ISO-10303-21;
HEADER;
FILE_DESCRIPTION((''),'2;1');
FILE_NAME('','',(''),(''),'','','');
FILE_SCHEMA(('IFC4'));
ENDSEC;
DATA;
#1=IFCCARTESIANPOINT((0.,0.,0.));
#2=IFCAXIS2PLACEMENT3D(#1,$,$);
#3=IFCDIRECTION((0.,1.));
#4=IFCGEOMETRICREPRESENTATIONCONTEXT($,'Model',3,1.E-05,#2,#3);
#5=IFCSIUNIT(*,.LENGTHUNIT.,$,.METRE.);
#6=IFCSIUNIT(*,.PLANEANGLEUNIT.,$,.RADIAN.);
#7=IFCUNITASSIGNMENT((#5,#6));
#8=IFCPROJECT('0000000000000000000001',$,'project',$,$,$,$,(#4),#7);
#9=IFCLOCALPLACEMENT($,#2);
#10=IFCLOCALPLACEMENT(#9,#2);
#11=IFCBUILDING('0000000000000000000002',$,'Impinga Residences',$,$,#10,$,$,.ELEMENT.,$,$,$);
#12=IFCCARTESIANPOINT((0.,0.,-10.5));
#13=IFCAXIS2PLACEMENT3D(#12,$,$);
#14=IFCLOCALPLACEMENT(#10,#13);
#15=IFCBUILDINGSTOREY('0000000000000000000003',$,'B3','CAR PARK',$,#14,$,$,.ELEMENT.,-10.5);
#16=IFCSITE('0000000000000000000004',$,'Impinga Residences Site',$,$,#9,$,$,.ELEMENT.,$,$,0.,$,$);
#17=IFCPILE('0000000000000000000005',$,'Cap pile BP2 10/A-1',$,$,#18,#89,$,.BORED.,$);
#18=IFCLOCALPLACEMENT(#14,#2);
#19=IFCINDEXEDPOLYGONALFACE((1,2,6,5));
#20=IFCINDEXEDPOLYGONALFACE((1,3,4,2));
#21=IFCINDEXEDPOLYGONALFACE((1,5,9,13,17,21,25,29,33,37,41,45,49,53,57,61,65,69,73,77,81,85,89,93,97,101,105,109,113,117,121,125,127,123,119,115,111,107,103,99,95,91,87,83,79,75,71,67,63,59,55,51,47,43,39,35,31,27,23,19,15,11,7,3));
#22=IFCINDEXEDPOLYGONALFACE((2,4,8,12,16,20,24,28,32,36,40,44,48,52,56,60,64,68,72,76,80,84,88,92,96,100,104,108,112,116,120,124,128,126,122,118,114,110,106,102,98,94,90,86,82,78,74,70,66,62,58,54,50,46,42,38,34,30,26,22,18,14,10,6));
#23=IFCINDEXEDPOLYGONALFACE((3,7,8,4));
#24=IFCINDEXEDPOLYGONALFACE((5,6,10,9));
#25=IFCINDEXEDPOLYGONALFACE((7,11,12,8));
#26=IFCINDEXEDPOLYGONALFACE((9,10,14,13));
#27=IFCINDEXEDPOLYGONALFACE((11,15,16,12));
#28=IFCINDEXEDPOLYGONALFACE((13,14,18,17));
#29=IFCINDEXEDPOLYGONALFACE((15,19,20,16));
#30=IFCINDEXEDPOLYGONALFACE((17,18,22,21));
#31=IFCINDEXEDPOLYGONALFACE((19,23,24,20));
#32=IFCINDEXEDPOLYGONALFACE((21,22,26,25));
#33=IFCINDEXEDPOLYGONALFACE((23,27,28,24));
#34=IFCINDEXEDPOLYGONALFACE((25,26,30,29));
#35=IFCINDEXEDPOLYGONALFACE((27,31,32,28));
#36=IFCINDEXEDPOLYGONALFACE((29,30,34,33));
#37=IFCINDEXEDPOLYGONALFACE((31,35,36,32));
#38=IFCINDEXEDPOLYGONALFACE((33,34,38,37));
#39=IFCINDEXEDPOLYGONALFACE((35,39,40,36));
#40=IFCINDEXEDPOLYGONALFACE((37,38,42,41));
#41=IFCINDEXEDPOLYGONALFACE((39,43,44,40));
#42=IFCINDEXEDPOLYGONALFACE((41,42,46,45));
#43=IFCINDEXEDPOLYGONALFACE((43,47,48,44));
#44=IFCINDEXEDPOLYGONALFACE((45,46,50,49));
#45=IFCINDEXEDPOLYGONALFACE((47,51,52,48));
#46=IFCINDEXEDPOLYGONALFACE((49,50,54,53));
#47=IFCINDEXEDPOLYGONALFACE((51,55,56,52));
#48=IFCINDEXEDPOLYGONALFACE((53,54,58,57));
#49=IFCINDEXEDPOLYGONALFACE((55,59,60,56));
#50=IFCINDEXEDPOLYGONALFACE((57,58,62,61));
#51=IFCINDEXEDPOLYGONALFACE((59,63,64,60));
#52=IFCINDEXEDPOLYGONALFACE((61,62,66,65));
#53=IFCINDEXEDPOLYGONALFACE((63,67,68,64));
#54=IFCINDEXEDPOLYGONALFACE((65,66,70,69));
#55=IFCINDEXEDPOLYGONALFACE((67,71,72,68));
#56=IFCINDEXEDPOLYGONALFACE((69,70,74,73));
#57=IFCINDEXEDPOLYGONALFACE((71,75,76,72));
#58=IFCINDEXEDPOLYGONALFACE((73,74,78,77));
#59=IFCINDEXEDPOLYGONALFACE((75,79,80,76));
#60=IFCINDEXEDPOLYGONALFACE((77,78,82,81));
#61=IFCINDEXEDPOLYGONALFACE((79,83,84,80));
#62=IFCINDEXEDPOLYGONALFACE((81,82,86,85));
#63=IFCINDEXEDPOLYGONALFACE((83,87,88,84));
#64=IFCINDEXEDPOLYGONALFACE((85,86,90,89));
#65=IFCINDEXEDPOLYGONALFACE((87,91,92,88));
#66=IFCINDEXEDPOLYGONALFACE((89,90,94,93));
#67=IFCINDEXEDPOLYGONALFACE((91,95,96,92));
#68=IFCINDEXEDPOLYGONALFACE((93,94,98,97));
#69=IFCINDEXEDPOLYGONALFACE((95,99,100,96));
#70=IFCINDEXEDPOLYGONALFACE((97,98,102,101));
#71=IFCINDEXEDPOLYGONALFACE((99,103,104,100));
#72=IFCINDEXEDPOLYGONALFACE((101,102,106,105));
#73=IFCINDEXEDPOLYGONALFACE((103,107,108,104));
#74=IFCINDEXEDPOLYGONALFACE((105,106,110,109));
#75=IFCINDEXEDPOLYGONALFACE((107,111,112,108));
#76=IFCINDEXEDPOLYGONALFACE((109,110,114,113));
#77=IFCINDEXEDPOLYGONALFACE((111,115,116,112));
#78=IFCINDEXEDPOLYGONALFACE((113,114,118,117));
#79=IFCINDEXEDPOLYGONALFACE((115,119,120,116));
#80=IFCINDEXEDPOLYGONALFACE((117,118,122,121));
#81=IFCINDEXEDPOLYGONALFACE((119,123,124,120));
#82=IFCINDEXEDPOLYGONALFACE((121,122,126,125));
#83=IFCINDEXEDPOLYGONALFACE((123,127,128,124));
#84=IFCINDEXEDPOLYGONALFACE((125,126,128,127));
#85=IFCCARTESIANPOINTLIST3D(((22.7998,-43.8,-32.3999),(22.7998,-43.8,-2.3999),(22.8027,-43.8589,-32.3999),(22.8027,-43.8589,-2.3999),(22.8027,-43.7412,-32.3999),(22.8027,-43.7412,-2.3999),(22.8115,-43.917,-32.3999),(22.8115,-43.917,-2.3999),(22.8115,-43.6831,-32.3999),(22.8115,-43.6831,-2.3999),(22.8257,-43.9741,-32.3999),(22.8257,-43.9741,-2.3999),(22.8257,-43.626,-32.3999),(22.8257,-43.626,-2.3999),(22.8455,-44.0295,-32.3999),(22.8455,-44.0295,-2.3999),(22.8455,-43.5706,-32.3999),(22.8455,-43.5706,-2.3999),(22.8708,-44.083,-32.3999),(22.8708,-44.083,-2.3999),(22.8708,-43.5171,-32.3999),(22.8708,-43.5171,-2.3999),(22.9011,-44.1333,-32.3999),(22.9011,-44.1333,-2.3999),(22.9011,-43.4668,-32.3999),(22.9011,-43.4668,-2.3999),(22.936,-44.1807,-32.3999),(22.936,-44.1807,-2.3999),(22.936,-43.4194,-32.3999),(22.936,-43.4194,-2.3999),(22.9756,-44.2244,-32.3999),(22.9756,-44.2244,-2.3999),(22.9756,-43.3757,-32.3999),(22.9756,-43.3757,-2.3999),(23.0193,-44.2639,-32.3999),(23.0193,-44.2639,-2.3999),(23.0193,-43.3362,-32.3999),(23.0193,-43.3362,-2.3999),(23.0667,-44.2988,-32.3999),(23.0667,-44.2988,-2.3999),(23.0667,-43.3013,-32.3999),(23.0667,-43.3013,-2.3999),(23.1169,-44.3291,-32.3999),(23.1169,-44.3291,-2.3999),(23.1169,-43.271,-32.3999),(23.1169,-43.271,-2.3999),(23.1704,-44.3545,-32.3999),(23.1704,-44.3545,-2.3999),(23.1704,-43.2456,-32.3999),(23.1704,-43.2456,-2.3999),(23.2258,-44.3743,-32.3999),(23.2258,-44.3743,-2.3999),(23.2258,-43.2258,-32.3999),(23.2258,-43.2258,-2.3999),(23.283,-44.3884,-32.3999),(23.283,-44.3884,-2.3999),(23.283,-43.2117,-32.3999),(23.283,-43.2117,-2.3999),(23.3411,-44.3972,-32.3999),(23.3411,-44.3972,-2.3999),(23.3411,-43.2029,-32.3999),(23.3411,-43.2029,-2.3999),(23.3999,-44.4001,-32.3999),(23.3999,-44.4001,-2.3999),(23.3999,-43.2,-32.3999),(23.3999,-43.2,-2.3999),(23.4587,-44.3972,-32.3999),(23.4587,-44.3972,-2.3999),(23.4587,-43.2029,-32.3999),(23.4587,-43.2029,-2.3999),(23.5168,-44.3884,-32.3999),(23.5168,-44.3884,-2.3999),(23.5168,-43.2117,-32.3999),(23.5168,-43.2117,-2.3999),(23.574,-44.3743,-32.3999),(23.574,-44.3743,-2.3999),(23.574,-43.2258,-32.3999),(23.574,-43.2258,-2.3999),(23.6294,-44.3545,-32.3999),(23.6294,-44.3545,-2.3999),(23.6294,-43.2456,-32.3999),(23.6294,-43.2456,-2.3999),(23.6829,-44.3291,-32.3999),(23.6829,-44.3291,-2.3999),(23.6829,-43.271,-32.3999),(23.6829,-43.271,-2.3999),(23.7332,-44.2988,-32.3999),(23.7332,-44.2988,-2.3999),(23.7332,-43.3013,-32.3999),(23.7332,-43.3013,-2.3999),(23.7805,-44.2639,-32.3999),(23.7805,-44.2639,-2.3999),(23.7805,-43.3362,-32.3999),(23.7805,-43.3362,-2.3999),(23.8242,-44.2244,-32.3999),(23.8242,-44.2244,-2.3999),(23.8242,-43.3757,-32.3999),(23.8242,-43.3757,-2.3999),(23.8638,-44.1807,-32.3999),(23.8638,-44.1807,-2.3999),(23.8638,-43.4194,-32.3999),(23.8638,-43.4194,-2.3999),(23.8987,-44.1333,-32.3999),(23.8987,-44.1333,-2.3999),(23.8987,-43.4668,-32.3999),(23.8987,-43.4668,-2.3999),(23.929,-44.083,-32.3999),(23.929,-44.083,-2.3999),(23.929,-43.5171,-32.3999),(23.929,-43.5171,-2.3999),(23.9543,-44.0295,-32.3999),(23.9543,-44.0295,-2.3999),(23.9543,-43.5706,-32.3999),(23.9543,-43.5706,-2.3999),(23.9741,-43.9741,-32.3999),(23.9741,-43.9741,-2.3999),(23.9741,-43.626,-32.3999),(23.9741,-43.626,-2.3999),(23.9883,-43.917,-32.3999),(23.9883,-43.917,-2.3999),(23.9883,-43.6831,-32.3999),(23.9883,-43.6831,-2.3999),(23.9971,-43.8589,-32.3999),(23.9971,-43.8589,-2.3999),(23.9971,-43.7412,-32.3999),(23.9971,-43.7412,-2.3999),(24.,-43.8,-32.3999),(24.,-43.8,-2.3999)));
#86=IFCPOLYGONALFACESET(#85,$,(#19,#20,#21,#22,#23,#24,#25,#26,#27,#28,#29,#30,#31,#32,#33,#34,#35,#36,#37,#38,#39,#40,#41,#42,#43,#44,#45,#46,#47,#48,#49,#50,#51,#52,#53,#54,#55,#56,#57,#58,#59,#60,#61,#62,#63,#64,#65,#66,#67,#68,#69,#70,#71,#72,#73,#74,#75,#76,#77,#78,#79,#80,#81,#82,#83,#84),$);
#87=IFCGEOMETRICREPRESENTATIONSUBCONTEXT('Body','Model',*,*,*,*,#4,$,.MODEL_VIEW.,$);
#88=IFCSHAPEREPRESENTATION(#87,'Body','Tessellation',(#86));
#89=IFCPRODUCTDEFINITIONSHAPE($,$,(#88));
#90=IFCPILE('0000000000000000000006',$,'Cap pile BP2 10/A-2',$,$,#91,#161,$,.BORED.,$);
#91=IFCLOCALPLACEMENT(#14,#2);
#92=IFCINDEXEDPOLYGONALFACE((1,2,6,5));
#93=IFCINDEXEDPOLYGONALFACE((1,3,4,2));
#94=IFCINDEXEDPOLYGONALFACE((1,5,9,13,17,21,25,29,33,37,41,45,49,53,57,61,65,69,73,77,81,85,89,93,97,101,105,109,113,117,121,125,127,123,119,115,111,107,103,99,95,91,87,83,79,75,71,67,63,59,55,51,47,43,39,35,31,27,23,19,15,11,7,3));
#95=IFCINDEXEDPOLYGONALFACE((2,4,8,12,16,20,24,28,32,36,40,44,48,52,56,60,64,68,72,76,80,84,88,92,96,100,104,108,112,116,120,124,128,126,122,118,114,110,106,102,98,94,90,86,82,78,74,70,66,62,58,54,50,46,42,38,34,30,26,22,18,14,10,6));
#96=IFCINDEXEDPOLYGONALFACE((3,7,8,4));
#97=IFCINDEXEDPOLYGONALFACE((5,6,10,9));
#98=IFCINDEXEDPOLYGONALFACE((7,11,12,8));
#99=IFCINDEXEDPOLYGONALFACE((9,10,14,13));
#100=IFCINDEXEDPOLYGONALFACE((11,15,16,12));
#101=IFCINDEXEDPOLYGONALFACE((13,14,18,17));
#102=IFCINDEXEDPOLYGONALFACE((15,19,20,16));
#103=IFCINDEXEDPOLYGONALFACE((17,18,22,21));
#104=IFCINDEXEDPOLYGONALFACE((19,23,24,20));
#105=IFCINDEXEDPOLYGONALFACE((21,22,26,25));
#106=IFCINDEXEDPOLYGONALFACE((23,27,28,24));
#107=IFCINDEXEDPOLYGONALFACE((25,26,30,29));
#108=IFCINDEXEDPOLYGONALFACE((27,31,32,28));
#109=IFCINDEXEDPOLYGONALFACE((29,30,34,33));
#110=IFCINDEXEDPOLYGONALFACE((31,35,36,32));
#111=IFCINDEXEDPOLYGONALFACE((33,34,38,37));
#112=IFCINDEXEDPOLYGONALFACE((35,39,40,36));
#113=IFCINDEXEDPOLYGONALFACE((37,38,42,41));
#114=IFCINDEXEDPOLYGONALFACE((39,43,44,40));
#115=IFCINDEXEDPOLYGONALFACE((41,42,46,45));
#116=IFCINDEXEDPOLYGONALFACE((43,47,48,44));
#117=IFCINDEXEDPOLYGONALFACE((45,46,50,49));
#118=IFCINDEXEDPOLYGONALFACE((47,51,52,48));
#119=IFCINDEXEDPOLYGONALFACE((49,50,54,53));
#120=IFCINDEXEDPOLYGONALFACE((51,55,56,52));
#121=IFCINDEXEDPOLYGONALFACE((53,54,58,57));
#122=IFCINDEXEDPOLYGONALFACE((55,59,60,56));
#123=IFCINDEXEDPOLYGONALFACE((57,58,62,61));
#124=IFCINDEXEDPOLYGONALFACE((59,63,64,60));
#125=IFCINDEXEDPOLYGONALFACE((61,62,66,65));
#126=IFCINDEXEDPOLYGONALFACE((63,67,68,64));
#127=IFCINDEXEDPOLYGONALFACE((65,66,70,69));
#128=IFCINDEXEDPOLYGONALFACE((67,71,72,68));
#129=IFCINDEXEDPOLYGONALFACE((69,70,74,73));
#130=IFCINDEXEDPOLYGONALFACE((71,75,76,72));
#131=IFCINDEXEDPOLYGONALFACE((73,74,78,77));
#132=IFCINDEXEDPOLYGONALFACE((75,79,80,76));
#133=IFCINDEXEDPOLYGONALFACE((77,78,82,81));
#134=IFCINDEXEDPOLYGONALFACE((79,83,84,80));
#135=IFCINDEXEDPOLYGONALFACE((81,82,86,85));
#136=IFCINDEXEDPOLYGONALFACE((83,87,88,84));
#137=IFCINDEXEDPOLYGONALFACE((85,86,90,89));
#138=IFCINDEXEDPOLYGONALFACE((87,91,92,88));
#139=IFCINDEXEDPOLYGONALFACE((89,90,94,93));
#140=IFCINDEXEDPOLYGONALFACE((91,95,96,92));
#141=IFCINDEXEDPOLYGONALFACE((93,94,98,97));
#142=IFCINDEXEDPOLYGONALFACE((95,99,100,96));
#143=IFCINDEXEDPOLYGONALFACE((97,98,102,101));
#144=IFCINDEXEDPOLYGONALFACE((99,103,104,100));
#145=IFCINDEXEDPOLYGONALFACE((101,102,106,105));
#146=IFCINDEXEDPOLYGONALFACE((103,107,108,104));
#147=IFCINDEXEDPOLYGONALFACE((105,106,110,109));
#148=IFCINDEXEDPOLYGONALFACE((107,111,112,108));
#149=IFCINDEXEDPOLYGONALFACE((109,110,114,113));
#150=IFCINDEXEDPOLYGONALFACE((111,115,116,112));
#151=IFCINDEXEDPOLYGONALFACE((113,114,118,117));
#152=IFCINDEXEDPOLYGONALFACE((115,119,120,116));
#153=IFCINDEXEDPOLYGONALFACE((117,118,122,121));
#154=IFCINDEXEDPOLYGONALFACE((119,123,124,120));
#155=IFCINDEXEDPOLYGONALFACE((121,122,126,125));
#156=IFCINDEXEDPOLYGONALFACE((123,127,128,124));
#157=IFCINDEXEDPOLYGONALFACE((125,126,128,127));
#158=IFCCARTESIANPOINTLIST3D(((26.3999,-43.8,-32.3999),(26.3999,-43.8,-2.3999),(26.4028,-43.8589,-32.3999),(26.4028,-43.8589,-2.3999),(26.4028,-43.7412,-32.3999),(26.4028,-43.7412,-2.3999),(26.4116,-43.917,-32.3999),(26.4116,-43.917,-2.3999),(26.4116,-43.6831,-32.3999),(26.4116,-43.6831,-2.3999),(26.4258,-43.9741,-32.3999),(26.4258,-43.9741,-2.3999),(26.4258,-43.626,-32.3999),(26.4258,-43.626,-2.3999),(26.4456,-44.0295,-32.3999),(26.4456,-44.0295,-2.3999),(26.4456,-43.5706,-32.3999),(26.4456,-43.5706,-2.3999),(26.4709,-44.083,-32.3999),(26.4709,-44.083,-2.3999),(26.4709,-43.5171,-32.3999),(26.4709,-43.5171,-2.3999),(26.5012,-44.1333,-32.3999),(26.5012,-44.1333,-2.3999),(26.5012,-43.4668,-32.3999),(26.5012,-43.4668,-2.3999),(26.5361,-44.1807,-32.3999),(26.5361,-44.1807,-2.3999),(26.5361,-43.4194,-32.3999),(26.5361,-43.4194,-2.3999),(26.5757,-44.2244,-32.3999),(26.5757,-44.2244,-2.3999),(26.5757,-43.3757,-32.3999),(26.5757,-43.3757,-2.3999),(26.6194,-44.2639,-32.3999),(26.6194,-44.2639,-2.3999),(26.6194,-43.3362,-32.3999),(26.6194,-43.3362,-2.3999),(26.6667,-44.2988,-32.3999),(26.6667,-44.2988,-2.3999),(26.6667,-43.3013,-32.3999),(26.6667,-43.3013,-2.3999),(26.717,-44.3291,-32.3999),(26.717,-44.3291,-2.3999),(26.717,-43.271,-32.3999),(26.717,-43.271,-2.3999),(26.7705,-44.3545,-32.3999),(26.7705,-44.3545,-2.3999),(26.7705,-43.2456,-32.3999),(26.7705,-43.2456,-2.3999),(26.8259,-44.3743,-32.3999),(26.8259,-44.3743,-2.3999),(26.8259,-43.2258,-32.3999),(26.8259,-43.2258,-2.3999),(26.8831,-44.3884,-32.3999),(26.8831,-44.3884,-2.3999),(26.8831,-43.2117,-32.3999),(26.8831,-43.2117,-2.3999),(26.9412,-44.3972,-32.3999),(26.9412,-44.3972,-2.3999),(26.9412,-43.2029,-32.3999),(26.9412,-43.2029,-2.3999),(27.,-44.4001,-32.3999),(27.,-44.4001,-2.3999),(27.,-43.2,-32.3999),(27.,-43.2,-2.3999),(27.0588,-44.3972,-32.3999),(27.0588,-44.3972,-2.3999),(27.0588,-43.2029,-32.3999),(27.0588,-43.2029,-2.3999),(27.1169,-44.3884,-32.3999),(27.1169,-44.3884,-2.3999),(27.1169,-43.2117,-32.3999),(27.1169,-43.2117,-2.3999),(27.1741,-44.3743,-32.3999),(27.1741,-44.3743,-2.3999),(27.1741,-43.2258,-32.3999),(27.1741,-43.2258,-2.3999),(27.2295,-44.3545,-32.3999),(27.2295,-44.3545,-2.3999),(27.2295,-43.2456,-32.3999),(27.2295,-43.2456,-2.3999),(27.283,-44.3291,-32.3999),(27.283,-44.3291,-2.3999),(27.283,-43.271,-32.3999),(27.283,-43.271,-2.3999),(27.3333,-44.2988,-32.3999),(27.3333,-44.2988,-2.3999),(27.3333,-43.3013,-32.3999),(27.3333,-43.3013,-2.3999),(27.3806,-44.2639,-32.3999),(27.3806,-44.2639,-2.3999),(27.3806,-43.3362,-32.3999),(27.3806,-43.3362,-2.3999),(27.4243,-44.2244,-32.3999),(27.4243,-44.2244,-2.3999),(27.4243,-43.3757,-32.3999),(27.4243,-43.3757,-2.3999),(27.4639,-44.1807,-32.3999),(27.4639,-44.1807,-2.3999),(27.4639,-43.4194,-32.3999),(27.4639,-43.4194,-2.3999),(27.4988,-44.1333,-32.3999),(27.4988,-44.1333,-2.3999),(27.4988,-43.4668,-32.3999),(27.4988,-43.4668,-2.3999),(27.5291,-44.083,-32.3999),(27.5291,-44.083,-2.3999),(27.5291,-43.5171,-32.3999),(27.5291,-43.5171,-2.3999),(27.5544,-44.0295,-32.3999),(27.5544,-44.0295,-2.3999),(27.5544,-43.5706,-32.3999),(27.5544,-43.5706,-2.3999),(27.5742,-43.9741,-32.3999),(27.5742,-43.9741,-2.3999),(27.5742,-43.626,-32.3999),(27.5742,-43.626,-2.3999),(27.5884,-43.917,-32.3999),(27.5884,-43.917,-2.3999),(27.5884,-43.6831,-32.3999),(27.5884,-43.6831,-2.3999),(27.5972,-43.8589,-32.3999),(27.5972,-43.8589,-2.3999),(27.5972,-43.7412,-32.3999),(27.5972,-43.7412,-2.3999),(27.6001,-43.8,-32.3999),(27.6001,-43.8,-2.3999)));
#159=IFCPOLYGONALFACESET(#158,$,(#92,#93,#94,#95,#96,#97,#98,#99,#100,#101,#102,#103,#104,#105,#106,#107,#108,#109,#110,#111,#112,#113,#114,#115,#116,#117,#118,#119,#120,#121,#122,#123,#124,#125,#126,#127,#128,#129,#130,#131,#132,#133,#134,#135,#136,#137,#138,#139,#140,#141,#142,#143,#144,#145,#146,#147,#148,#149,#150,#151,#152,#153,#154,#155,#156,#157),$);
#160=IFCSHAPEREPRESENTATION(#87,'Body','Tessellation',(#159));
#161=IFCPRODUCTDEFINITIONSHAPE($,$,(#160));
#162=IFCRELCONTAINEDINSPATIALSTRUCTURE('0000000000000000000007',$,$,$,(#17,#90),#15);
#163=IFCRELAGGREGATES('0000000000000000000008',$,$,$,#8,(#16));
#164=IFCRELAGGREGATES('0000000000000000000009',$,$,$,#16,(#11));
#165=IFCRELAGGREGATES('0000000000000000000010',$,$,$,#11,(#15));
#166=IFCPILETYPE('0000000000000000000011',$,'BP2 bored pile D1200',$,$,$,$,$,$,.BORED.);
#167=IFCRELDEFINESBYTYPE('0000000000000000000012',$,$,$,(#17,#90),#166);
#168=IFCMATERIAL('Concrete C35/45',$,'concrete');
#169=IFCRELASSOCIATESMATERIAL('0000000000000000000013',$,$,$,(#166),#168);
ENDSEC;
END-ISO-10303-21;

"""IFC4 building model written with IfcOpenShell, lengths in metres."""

from ifc_helpers import new_model, si_unit, direction, frame, origin, origin_2d, place, context, subcontext, project, spatial, polyline, circle, outline, extrude, material, material_profile, profile_set, type_object, element, save


model = new_model("IFC4")

# Units and contexts
model_context = context("Model", 3, precision=1e-05, world=origin(), true_north=direction((0.0, 1.0)))
body_context = subcontext(model_context, "Body", "Model", "MODEL_VIEW")
ifc_project = project(units=[si_unit("LENGTHUNIT", "METRE"), si_unit("PLANEANGLEUNIT", "RADIAN")], contexts=[model_context])

# Site, building, storey
site_placement = place(None, origin())
site = spatial("IfcSite", under=ifc_project, at=site_placement, Name="Impinga Residences Site", CompositionType="ELEMENT", RefElevation=0.0)
building_placement = place(site_placement, origin())
building = spatial("IfcBuilding", under=site, at=building_placement, Name="Impinga Residences", CompositionType="ELEMENT")
storey_placement = place(building_placement, frame((0.0, 0.0, -10.5)))
storey = spatial("IfcBuildingStorey", under=building, at=storey_placement, Name="B3", Description="CAR PARK", CompositionType="ELEMENT", Elevation=-10.5)

# Piles
ifc_material_1 = material(Name="Concrete C35/45", Category="concrete")
ifc_material_profile_1 = material_profile(ifc_material_1, circle(Radius=0.6001, at=origin_2d()), Name="D1200")
ifc_profile_set_1 = profile_set([ifc_material_profile_1], Name="Concrete C35/45")
pile_type_1 = type_object("IfcPileType", Name="BP2 bored pile D1200", PredefinedType="BORED", material=ifc_profile_set_1)
pile_1_placement = place(storey_placement, frame((23.3999, -43.8, -2.3999), z_axis=(0.0, 0.0, -1.0), x_axis=(1.0, 0.0, 0.0)))
element("IfcPile", 1, at=pile_1_placement, inside=storey, type_object=pile_type_1, Name="Cap pile BP2 10/A-1", PredefinedType="BORED", context=body_context, shape_type="SweptSolid", body=[
    extrude(outline(polyline([(0.6001, 0.0), (0.5972, 0.0588), (0.5884, 0.1169), (0.5742, 0.1741), (0.5544, 0.2295), (0.5291, 0.283), (0.4988, 0.3333), (0.4639, 0.3806), (0.4243, 0.4243), (0.3806, 0.4639), (0.3333, 0.4988), (0.283, 0.5291), (0.2295, 0.5544), (0.1741, 0.5742), (0.1169, 0.5884), (0.0588, 0.5972), (0.0, 0.6001), (-0.0588, 0.5972), (-0.1169, 0.5884), (-0.1741, 0.5742), (-0.2295, 0.5544), (-0.283, 0.5291), (-0.3333, 0.4988), (-0.3806, 0.4639), (-0.4243, 0.4243), (-0.4639, 0.3806), (-0.4988, 0.3333), (-0.5291, 0.283), (-0.5544, 0.2295), (-0.5742, 0.1741), (-0.5884, 0.1169), (-0.5972, 0.0588), (-0.6001, 0.0), (-0.5972, -0.0588), (-0.5884, -0.1169), (-0.5742, -0.1741), (-0.5544, -0.2295), (-0.5291, -0.283), (-0.4988, -0.3333), (-0.4639, -0.3806), (-0.4243, -0.4243), (-0.3806, -0.4639), (-0.3333, -0.4988), (-0.283, -0.5291), (-0.2295, -0.5544), (-0.1741, -0.5742), (-0.1169, -0.5884), (-0.0588, -0.5972), (0.0, -0.6001), (0.0588, -0.5972), (0.1169, -0.5884), (0.1741, -0.5742), (0.2295, -0.5544), (0.283, -0.5291), (0.3333, -0.4988), (0.3806, -0.4639), (0.4243, -0.4243), (0.4639, -0.3806), (0.4988, -0.3333), (0.5291, -0.283), (0.5544, -0.2295), (0.5742, -0.1741), (0.5884, -0.1169), (0.5972, -0.0588), (0.6001, 0.0)])), origin(), (0.0, 0.0, 1.0), 30.0),
])
pile_2_placement = place(storey_placement, frame((27.0, -43.8, -2.3999), z_axis=(0.0, 0.0, -1.0), x_axis=(1.0, 0.0, 0.0)))
element("IfcPile", 2, at=pile_2_placement, inside=storey, type_object=pile_type_1, Name="Cap pile BP2 10/A-2", PredefinedType="BORED", context=body_context, shape_type="SweptSolid", body=[
    extrude(outline(polyline([(0.6001, 0.0), (0.5972, 0.0588), (0.5884, 0.1169), (0.5742, 0.1741), (0.5544, 0.2295), (0.5291, 0.283), (0.4988, 0.3333), (0.4639, 0.3806), (0.4243, 0.4243), (0.3806, 0.4639), (0.3333, 0.4988), (0.283, 0.5291), (0.2295, 0.5544), (0.1741, 0.5742), (0.1169, 0.5884), (0.0588, 0.5972), (0.0, 0.6001), (-0.0588, 0.5972), (-0.1169, 0.5884), (-0.1741, 0.5742), (-0.2295, 0.5544), (-0.283, 0.5291), (-0.3333, 0.4988), (-0.3806, 0.4639), (-0.4243, 0.4243), (-0.4639, 0.3806), (-0.4988, 0.3333), (-0.5291, 0.283), (-0.5544, 0.2295), (-0.5742, 0.1741), (-0.5884, 0.1169), (-0.5972, 0.0588), (-0.6001, 0.0), (-0.5972, -0.0588), (-0.5884, -0.1169), (-0.5742, -0.1741), (-0.5544, -0.2295), (-0.5291, -0.283), (-0.4988, -0.3333), (-0.4639, -0.3806), (-0.4243, -0.4243), (-0.3806, -0.4639), (-0.3333, -0.4988), (-0.283, -0.5291), (-0.2295, -0.5544), (-0.1741, -0.5742), (-0.1169, -0.5884), (-0.0588, -0.5972), (0.0, -0.6001), (0.0588, -0.5972), (0.1169, -0.5884), (0.1741, -0.5742), (0.2295, -0.5544), (0.283, -0.5291), (0.3333, -0.4988), (0.3806, -0.4639), (0.4243, -0.4243), (0.4639, -0.3806), (0.4988, -0.3333), (0.5291, -0.283), (0.5544, -0.2295), (0.5742, -0.1741), (0.5884, -0.1169), (0.5972, -0.0588), (0.6001, 0.0)])), origin(), (0.0, 0.0, 1.0), 30.0),
])

save(model, "model.ifc")
